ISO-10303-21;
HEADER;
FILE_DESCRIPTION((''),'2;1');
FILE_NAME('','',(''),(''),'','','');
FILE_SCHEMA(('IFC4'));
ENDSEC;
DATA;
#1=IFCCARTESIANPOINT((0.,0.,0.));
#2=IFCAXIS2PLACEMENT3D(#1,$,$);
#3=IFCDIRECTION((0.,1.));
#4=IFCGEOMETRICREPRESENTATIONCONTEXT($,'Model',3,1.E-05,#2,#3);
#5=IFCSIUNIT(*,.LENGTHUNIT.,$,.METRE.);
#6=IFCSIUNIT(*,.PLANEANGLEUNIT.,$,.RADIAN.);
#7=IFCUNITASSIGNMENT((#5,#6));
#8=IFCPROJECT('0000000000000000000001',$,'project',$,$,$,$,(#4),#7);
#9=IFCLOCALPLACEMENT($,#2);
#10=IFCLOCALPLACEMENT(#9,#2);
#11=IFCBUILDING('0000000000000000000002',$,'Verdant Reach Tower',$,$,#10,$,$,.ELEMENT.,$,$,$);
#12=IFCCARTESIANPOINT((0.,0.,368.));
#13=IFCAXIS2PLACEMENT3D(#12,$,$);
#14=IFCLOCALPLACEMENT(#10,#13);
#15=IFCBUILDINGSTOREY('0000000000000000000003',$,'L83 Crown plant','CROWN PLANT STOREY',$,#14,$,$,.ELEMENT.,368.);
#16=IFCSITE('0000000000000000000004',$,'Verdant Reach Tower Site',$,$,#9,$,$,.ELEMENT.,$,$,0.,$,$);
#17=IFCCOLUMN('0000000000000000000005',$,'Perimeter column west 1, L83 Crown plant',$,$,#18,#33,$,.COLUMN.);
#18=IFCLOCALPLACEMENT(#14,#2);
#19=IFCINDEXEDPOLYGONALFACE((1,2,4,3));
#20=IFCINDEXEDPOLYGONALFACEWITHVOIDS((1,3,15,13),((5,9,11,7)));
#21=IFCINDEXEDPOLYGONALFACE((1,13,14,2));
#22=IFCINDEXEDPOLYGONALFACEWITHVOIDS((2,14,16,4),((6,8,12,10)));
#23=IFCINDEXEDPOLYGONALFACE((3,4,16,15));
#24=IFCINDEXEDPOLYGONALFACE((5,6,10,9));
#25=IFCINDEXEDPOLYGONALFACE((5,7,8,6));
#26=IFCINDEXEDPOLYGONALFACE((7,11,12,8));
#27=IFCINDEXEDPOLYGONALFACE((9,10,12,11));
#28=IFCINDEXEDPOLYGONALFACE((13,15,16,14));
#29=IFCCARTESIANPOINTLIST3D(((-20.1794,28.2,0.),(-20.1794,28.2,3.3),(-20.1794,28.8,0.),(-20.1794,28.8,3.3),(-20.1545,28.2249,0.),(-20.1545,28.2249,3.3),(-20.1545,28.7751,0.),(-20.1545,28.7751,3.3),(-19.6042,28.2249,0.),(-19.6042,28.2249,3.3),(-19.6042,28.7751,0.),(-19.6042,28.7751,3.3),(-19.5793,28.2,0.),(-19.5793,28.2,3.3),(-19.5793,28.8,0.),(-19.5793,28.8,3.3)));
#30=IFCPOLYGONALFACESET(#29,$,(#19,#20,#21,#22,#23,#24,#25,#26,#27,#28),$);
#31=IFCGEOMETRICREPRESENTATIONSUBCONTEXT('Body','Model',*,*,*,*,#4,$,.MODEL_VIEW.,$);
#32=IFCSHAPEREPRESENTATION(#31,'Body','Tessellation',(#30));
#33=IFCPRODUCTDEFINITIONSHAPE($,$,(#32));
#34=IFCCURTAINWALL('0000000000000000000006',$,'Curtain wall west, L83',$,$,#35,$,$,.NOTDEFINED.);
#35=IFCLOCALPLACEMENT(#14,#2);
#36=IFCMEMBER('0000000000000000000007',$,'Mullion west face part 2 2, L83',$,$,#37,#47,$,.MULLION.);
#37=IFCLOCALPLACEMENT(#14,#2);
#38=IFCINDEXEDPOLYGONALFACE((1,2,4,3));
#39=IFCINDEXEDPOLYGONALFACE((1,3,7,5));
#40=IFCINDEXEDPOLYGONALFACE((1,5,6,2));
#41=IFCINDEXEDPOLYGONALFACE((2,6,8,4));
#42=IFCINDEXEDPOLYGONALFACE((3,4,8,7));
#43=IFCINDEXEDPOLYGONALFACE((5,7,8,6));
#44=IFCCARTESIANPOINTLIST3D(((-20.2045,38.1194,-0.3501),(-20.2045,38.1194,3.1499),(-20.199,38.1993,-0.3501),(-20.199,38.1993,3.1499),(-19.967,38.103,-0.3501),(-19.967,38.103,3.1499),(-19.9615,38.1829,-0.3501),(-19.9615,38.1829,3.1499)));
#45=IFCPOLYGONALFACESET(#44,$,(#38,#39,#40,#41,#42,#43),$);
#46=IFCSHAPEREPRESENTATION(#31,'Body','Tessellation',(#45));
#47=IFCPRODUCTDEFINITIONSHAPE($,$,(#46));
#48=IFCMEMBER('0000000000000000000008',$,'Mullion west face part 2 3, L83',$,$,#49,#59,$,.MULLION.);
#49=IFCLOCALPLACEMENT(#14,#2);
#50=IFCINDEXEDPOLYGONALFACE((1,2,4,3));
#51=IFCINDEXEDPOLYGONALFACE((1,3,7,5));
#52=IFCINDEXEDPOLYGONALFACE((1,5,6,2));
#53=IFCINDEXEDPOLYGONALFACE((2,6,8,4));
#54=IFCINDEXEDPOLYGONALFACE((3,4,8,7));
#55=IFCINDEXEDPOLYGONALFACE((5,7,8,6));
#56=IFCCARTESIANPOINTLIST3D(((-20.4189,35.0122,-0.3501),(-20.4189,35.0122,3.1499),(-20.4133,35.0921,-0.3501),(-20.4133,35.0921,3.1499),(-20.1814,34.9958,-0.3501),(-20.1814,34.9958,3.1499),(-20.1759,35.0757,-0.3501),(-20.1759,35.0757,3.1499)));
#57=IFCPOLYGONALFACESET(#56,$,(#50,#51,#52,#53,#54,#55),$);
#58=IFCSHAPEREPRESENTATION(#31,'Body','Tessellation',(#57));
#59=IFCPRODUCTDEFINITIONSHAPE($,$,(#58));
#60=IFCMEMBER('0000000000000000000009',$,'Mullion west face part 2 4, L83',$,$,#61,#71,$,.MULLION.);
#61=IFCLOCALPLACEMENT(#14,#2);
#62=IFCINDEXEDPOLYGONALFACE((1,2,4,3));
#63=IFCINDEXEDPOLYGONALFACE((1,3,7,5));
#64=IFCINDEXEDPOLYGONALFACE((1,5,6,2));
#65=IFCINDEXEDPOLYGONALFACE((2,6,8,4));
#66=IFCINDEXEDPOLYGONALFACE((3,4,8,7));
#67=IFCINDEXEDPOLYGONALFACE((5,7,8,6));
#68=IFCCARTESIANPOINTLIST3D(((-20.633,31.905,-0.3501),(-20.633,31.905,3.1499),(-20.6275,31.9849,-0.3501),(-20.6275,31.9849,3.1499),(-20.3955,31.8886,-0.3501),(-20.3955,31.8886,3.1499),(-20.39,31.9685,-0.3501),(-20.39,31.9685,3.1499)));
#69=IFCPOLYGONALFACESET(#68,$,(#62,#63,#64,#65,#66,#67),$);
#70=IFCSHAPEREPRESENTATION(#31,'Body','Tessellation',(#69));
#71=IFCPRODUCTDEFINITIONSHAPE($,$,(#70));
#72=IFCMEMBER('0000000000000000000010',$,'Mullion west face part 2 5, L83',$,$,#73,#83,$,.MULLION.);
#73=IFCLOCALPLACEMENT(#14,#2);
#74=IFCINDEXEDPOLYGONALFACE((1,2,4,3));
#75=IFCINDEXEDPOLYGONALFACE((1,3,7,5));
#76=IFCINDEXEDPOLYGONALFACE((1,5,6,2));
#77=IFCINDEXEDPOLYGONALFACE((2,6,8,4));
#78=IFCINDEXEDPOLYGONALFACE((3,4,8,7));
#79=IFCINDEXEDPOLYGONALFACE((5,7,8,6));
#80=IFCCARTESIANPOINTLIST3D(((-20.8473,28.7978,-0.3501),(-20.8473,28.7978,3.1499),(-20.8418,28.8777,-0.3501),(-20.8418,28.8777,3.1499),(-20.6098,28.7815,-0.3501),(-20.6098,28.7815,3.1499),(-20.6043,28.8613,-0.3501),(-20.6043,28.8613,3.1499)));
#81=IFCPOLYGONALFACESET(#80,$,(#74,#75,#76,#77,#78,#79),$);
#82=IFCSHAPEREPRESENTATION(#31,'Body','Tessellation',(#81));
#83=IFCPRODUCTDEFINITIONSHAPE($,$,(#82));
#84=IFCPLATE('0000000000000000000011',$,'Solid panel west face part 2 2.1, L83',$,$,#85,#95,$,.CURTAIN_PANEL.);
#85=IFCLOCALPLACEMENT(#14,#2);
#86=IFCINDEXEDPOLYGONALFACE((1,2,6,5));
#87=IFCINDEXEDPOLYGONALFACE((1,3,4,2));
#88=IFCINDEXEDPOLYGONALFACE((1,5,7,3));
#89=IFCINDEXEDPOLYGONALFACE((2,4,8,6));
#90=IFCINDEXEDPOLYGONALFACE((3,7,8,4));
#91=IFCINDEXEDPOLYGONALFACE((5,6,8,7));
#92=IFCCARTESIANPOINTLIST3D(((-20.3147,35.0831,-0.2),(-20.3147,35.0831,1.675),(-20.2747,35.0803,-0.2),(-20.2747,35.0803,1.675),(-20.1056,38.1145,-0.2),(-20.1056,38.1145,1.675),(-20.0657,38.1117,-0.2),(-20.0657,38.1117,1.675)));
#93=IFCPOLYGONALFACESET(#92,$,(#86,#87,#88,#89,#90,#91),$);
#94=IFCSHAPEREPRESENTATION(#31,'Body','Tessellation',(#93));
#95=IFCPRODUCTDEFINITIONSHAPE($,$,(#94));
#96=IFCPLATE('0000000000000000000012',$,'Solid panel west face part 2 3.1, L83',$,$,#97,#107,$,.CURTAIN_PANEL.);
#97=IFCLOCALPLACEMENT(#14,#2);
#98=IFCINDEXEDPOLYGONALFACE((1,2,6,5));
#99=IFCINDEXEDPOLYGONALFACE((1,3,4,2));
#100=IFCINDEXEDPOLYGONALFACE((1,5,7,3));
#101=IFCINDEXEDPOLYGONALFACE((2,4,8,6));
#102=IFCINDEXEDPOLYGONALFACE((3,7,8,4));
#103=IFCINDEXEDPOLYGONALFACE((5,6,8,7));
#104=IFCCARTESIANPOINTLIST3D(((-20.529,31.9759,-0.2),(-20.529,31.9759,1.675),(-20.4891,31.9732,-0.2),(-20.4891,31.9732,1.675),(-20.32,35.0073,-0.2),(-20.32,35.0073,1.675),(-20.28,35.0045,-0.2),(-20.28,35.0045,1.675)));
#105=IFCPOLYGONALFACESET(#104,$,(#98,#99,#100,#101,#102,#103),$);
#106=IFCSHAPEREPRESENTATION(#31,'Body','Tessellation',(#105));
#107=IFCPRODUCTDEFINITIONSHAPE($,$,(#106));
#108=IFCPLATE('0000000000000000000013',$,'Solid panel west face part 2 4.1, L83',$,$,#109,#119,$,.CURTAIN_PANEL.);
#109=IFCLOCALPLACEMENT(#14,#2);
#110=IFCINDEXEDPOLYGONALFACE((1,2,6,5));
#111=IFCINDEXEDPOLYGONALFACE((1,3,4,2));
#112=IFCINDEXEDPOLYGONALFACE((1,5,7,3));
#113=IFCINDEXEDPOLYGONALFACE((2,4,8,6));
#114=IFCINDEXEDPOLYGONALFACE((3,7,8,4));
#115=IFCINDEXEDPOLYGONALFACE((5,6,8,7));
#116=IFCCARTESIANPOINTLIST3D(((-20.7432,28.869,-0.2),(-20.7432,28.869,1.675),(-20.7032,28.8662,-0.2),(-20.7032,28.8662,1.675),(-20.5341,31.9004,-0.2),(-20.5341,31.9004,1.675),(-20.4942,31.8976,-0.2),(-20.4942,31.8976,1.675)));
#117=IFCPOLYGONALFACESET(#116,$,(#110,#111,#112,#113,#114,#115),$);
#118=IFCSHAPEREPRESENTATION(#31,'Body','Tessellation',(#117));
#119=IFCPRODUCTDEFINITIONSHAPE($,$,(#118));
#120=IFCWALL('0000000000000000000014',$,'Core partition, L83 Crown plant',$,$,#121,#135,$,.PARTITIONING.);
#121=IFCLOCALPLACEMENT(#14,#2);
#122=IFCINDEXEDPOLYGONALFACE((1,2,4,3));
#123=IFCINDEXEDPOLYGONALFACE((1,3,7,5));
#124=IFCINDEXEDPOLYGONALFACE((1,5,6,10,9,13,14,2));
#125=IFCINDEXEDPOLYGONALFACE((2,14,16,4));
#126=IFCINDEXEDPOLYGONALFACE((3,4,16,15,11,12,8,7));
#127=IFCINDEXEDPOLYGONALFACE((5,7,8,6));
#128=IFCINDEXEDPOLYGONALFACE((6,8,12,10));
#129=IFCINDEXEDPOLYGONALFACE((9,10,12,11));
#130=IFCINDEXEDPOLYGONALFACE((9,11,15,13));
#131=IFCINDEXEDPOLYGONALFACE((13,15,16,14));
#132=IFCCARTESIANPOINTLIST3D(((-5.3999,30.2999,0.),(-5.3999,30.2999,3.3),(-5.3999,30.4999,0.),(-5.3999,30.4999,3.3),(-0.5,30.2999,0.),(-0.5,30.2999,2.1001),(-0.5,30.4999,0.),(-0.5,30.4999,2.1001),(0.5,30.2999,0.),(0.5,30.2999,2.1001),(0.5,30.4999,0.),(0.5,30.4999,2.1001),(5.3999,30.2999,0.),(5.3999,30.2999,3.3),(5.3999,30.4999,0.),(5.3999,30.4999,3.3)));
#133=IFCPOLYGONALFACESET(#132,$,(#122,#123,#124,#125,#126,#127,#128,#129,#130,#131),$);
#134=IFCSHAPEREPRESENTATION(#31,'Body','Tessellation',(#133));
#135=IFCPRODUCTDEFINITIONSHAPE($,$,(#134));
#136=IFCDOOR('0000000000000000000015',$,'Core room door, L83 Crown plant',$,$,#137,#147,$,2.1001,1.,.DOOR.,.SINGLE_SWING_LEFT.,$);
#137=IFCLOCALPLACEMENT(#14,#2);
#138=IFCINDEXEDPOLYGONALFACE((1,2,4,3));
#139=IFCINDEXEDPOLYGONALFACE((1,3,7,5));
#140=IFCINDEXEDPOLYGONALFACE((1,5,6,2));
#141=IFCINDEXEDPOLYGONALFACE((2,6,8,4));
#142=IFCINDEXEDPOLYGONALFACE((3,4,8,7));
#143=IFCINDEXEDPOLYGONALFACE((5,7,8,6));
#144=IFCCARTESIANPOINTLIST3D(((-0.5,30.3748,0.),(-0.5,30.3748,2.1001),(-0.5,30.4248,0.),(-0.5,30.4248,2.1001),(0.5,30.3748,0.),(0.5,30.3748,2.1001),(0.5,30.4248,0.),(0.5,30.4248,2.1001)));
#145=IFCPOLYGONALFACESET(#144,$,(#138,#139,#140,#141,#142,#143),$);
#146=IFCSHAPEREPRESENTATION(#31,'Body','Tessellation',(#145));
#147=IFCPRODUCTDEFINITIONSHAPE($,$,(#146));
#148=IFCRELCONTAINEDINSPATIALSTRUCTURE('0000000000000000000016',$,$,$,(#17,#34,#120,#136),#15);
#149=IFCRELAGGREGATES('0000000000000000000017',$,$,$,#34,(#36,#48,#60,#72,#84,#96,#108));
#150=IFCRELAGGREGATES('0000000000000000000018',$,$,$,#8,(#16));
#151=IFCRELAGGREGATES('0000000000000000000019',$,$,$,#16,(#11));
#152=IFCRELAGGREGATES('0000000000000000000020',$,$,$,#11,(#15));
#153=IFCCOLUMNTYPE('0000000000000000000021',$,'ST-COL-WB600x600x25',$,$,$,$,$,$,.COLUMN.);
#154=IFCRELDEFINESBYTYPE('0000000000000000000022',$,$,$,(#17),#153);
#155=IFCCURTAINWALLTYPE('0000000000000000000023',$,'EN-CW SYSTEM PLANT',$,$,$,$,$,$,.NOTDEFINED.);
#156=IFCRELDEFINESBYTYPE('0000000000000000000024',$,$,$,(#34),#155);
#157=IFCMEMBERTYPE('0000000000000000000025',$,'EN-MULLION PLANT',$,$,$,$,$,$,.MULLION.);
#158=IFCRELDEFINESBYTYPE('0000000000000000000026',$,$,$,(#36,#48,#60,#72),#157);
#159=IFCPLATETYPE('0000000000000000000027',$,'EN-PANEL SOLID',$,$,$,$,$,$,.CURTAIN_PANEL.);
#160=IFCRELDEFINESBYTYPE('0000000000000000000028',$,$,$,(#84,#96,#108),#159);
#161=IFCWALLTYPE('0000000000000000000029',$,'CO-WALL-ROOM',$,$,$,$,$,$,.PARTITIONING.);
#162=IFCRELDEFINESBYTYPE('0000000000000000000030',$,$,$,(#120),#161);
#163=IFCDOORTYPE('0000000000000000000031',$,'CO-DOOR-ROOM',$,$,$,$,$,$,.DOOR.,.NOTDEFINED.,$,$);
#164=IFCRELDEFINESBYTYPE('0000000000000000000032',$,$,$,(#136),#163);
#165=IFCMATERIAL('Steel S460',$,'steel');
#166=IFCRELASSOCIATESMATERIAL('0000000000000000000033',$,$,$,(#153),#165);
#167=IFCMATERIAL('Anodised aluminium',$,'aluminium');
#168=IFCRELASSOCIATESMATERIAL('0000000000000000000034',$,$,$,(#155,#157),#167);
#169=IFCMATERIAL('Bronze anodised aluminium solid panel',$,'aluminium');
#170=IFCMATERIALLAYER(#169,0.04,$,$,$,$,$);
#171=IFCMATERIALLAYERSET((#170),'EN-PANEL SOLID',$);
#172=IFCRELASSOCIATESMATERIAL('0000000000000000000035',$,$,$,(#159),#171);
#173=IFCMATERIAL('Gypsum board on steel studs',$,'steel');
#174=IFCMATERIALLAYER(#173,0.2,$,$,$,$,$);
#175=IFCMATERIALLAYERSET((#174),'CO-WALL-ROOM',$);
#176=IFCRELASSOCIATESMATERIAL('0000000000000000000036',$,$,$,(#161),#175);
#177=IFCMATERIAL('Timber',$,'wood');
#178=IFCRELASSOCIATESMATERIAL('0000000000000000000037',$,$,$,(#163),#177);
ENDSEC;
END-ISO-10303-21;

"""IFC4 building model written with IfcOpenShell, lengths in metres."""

from ifc_helpers import new_model, si_unit, direction, frame, frame_2d, origin, origin_2d, place, context, subcontext, project, spatial, rectangle, hollow_rectangle, extrude, material, layer, layer_set, material_profile, profile_set, type_object, element, fill, aggregate, save


model = new_model("IFC4")

# Units and contexts
model_context = context("Model", 3, precision=1e-05, world=origin(), true_north=direction((0.0, 1.0)))
body_context = subcontext(model_context, "Body", "Model", "MODEL_VIEW")
ifc_project = project(units=[si_unit("LENGTHUNIT", "METRE"), si_unit("PLANEANGLEUNIT", "RADIAN")], contexts=[model_context])

# Site, building, storey
site_placement = place(None, origin())
site = spatial("IfcSite", under=ifc_project, at=site_placement, Name="Verdant Reach Tower Site", CompositionType="ELEMENT", RefElevation=0.0)
building_placement = place(site_placement, origin())
building = spatial("IfcBuilding", under=site, at=building_placement, Name="Verdant Reach Tower", CompositionType="ELEMENT")
storey_placement = place(building_placement, frame((0.0, 0.0, 368.0)))
storey = spatial("IfcBuildingStorey", under=building, at=storey_placement, Name="L83 Crown plant", Description="CROWN PLANT STOREY", CompositionType="ELEMENT", Elevation=368.0)

# Column
ifc_material_1 = material(Name="Steel S460", Category="steel")
ifc_material_profile_1 = material_profile(ifc_material_1, hollow_rectangle(XDim=0.6001, YDim=0.6001, WallThickness=0.0249, at=origin_2d()), Name="WB 600x600x25")
ifc_profile_set_1 = profile_set([ifc_material_profile_1], Name="Steel S460")
column_type = type_object("IfcColumnType", Name="ST-COL-WB600x600x25", PredefinedType="COLUMN", material=ifc_profile_set_1)
column_placement = place(storey_placement, frame((-19.8794, 28.5, 0.0), z_axis=(0.0, 0.0, 1.0), x_axis=(1.0, 0.0, 0.0)))
element("IfcColumn", 1, at=column_placement, inside=storey, type_object=column_type, Name="Perimeter column west 1, L83 Crown plant", PredefinedType="COLUMN", context=body_context, shape_type="SweptSolid", body=[
    extrude(hollow_rectangle(XDim=0.6001, YDim=0.6001, WallThickness=0.0249, at=origin_2d()), origin(), (0.0, 0.0, 1.0), 3.3),
])

# Curtain wall, members, plates
ifc_material_2 = material(Name="Anodised aluminium", Category="aluminium")
curtain_wall_type = type_object("IfcCurtainWallType", Name="EN-CW SYSTEM PLANT", PredefinedType="NOTDEFINED", material=ifc_material_2)
curtain_wall_placement = place(storey_placement, origin())
curtain_wall = element("IfcCurtainWall", 2, at=curtain_wall_placement, inside=storey, type_object=curtain_wall_type, Name="Curtain wall west, L83", PredefinedType="NOTDEFINED")
ifc_material_profile_2 = material_profile(ifc_material_2, rectangle(XDim=0.238, YDim=0.0801, at=origin_2d()), Name="Mullion 80x240")
ifc_profile_set_2 = profile_set([ifc_material_profile_2], Name="Anodised aluminium")
member_type = type_object("IfcMemberType", Name="EN-MULLION PLANT", PredefinedType="MULLION", material=ifc_profile_set_2)
member_1_placement = place(storey_placement, frame((-20.083, 38.1511, -0.3501), z_axis=(0.0, 0.0, 1.0), x_axis=(-0.99763, 0.068802, 0.0)))
member_1 = element("IfcMember", 3, at=member_1_placement, type_object=member_type, Name="Mullion west face part 2 2, L83", PredefinedType="MULLION", context=body_context, shape_type="SweptSolid", body=[
    extrude(rectangle(XDim=0.238, YDim=0.0801, at=origin_2d()), origin(), (0.0, 0.0, 1.0), 3.5),
])
member_2_placement = place(storey_placement, frame((-20.2974, 35.0439, -0.3501), z_axis=(0.0, 0.0, 1.0), x_axis=(-0.99763, 0.068802, 0.0)))
member_2 = element("IfcMember", 4, at=member_2_placement, type_object=member_type, Name="Mullion west face part 2 3, L83", PredefinedType="MULLION", context=body_context, shape_type="SweptSolid", body=[
    extrude(rectangle(XDim=0.238, YDim=0.0801, at=origin_2d()), origin(), (0.0, 0.0, 1.0), 3.5),
])
member_3_placement = place(storey_placement, frame((-20.5115, 31.9368, -0.3501), z_axis=(0.0, 0.0, 1.0), x_axis=(-0.99763, 0.068802, 0.0)))
member_3 = element("IfcMember", 5, at=member_3_placement, type_object=member_type, Name="Mullion west face part 2 4, L83", PredefinedType="MULLION", context=body_context, shape_type="SweptSolid", body=[
    extrude(rectangle(XDim=0.238, YDim=0.0801, at=origin_2d()), origin(), (0.0, 0.0, 1.0), 3.5),
])
member_4_placement = place(storey_placement, frame((-20.7258, 28.8296, -0.3501), z_axis=(0.0, 0.0, 1.0), x_axis=(-0.99763, 0.068802, 0.0)))
member_4 = element("IfcMember", 6, at=member_4_placement, type_object=member_type, Name="Mullion west face part 2 5, L83", PredefinedType="MULLION", context=body_context, shape_type="SweptSolid", body=[
    extrude(rectangle(XDim=0.238, YDim=0.0801, at=origin_2d()), origin(), (0.0, 0.0, 1.0), 3.5),
])
ifc_material_3 = material(Name="Bronze anodised aluminium solid panel", Category="aluminium")
ifc_layer_1 = layer(ifc_material_3, 0.04)
ifc_layer_set_1 = layer_set([ifc_layer_1], Name="EN-PANEL SOLID")
plate_type = type_object("IfcPlateType", Name="EN-PANEL SOLID", PredefinedType="CURTAIN_PANEL", material=ifc_layer_set_1)
plate_1_placement = place(storey_placement, frame((-20.1902, 36.5974, -0.2), z_axis=(0.0, 0.0, 1.0), x_axis=(-0.068802, -0.99763, 0.0)))
plate_1 = element("IfcPlate", 7, at=plate_1_placement, type_object=plate_type, Name="Solid panel west face part 2 2.1, L83", PredefinedType="CURTAIN_PANEL", context=body_context, shape_type="SweptSolid", body=[
    extrude(rectangle(XDim=3.0386, YDim=0.04, at=origin_2d()), origin(), (0.0, 0.0, 1.0), 1.875),
])
plate_2_placement = place(storey_placement, frame((-20.4045, 33.4902, -0.2), z_axis=(0.0, 0.0, 1.0), x_axis=(-0.068802, -0.99763, 0.0)))
plate_2 = element("IfcPlate", 8, at=plate_2_placement, type_object=plate_type, Name="Solid panel west face part 2 3.1, L83", PredefinedType="CURTAIN_PANEL", context=body_context, shape_type="SweptSolid", body=[
    extrude(rectangle(XDim=3.0386, YDim=0.04, at=origin_2d()), origin(), (0.0, 0.0, 1.0), 1.875),
])
plate_3_placement = place(storey_placement, frame((-20.6187, 30.3833, -0.2), z_axis=(0.0, 0.0, 1.0), x_axis=(-0.068802, -0.99763, 0.0)))
plate_3 = element("IfcPlate", 9, at=plate_3_placement, type_object=plate_type, Name="Solid panel west face part 2 4.1, L83", PredefinedType="CURTAIN_PANEL", context=body_context, shape_type="SweptSolid", body=[
    extrude(rectangle(XDim=3.0386, YDim=0.04, at=origin_2d()), origin(), (0.0, 0.0, 1.0), 1.875),
])

# Wall, opening, door
ifc_material_4 = material(Name="Gypsum board on steel studs", Category="steel")
ifc_layer_2 = layer(ifc_material_4, 0.2)
ifc_layer_set_2 = layer_set([ifc_layer_2], Name="CO-WALL-ROOM")
wall_type_1 = type_object("IfcWallType", Name="CO-WALL-ROOM", PredefinedType="PARTITIONING", material=ifc_layer_set_2)
wall_1_placement = place(storey_placement, frame((-5.3999, 30.3999, 0.0), z_axis=(0.0, 0.0, 1.0), x_axis=(1.0, 0.0, 0.0)))
wall_1 = element("IfcWall", 10, at=wall_1_placement, inside=storey, type_object=wall_type_1, Name="Core partition, L83 Crown plant", PredefinedType="PARTITIONING", context=body_context, shape_type="SweptSolid", body=[
    extrude(rectangle(XDim=10.7998, YDim=0.2, at=frame_2d((5.3999, 0.0))), origin(), (0.0, 0.0, 1.0), 3.3),
])
opening_1_placement = place(wall_1_placement, frame((4.8999, 0.0, 0.0)))
opening_1 = element("IfcOpeningElement", 11, at=opening_1_placement, cuts=wall_1, PredefinedType="OPENING", context=body_context, shape_type="SweptSolid", body=[
    extrude(rectangle(XDim=1.0, YDim=2.1001, at=frame_2d((0.5, 1.05))), frame((0.0, 0.1099, 0.0), z_axis=(0.0, -1.0, 0.0), x_axis=(1.0, 0.0, 0.0)), (0.0, 0.0, 1.0), 0.22),
])
ifc_material_5 = material(Name="Timber", Category="wood")
door_type_1 = type_object("IfcDoorType", Name="CO-DOOR-ROOM", OperationType="NOTDEFINED", PredefinedType="DOOR", material=ifc_material_5)
door_1_placement = place(opening_1_placement, origin())
door_1 = element("IfcDoor", 12, at=door_1_placement, inside=storey, type_object=door_type_1, Name="Core room door, L83 Crown plant", OperationType="SINGLE_SWING_LEFT", OverallHeight=2.1001, OverallWidth=1.0, PredefinedType="DOOR", context=body_context, shape_type="SweptSolid", body=[
    extrude(rectangle(XDim=1.0, YDim=2.1001, at=frame_2d((0.5, 1.05))), frame((0.0, 0.0249, 0.0), z_axis=(0.0, -1.0, 0.0), x_axis=(1.0, 0.0, 0.0)), (0.0, 0.0, 1.0), 0.05),
])
fill(opening_1, door_1)

aggregate(curtain_wall, [member_1, member_2, member_3, member_4, plate_1, plate_2, plate_3])

save(model, "model.ifc")
